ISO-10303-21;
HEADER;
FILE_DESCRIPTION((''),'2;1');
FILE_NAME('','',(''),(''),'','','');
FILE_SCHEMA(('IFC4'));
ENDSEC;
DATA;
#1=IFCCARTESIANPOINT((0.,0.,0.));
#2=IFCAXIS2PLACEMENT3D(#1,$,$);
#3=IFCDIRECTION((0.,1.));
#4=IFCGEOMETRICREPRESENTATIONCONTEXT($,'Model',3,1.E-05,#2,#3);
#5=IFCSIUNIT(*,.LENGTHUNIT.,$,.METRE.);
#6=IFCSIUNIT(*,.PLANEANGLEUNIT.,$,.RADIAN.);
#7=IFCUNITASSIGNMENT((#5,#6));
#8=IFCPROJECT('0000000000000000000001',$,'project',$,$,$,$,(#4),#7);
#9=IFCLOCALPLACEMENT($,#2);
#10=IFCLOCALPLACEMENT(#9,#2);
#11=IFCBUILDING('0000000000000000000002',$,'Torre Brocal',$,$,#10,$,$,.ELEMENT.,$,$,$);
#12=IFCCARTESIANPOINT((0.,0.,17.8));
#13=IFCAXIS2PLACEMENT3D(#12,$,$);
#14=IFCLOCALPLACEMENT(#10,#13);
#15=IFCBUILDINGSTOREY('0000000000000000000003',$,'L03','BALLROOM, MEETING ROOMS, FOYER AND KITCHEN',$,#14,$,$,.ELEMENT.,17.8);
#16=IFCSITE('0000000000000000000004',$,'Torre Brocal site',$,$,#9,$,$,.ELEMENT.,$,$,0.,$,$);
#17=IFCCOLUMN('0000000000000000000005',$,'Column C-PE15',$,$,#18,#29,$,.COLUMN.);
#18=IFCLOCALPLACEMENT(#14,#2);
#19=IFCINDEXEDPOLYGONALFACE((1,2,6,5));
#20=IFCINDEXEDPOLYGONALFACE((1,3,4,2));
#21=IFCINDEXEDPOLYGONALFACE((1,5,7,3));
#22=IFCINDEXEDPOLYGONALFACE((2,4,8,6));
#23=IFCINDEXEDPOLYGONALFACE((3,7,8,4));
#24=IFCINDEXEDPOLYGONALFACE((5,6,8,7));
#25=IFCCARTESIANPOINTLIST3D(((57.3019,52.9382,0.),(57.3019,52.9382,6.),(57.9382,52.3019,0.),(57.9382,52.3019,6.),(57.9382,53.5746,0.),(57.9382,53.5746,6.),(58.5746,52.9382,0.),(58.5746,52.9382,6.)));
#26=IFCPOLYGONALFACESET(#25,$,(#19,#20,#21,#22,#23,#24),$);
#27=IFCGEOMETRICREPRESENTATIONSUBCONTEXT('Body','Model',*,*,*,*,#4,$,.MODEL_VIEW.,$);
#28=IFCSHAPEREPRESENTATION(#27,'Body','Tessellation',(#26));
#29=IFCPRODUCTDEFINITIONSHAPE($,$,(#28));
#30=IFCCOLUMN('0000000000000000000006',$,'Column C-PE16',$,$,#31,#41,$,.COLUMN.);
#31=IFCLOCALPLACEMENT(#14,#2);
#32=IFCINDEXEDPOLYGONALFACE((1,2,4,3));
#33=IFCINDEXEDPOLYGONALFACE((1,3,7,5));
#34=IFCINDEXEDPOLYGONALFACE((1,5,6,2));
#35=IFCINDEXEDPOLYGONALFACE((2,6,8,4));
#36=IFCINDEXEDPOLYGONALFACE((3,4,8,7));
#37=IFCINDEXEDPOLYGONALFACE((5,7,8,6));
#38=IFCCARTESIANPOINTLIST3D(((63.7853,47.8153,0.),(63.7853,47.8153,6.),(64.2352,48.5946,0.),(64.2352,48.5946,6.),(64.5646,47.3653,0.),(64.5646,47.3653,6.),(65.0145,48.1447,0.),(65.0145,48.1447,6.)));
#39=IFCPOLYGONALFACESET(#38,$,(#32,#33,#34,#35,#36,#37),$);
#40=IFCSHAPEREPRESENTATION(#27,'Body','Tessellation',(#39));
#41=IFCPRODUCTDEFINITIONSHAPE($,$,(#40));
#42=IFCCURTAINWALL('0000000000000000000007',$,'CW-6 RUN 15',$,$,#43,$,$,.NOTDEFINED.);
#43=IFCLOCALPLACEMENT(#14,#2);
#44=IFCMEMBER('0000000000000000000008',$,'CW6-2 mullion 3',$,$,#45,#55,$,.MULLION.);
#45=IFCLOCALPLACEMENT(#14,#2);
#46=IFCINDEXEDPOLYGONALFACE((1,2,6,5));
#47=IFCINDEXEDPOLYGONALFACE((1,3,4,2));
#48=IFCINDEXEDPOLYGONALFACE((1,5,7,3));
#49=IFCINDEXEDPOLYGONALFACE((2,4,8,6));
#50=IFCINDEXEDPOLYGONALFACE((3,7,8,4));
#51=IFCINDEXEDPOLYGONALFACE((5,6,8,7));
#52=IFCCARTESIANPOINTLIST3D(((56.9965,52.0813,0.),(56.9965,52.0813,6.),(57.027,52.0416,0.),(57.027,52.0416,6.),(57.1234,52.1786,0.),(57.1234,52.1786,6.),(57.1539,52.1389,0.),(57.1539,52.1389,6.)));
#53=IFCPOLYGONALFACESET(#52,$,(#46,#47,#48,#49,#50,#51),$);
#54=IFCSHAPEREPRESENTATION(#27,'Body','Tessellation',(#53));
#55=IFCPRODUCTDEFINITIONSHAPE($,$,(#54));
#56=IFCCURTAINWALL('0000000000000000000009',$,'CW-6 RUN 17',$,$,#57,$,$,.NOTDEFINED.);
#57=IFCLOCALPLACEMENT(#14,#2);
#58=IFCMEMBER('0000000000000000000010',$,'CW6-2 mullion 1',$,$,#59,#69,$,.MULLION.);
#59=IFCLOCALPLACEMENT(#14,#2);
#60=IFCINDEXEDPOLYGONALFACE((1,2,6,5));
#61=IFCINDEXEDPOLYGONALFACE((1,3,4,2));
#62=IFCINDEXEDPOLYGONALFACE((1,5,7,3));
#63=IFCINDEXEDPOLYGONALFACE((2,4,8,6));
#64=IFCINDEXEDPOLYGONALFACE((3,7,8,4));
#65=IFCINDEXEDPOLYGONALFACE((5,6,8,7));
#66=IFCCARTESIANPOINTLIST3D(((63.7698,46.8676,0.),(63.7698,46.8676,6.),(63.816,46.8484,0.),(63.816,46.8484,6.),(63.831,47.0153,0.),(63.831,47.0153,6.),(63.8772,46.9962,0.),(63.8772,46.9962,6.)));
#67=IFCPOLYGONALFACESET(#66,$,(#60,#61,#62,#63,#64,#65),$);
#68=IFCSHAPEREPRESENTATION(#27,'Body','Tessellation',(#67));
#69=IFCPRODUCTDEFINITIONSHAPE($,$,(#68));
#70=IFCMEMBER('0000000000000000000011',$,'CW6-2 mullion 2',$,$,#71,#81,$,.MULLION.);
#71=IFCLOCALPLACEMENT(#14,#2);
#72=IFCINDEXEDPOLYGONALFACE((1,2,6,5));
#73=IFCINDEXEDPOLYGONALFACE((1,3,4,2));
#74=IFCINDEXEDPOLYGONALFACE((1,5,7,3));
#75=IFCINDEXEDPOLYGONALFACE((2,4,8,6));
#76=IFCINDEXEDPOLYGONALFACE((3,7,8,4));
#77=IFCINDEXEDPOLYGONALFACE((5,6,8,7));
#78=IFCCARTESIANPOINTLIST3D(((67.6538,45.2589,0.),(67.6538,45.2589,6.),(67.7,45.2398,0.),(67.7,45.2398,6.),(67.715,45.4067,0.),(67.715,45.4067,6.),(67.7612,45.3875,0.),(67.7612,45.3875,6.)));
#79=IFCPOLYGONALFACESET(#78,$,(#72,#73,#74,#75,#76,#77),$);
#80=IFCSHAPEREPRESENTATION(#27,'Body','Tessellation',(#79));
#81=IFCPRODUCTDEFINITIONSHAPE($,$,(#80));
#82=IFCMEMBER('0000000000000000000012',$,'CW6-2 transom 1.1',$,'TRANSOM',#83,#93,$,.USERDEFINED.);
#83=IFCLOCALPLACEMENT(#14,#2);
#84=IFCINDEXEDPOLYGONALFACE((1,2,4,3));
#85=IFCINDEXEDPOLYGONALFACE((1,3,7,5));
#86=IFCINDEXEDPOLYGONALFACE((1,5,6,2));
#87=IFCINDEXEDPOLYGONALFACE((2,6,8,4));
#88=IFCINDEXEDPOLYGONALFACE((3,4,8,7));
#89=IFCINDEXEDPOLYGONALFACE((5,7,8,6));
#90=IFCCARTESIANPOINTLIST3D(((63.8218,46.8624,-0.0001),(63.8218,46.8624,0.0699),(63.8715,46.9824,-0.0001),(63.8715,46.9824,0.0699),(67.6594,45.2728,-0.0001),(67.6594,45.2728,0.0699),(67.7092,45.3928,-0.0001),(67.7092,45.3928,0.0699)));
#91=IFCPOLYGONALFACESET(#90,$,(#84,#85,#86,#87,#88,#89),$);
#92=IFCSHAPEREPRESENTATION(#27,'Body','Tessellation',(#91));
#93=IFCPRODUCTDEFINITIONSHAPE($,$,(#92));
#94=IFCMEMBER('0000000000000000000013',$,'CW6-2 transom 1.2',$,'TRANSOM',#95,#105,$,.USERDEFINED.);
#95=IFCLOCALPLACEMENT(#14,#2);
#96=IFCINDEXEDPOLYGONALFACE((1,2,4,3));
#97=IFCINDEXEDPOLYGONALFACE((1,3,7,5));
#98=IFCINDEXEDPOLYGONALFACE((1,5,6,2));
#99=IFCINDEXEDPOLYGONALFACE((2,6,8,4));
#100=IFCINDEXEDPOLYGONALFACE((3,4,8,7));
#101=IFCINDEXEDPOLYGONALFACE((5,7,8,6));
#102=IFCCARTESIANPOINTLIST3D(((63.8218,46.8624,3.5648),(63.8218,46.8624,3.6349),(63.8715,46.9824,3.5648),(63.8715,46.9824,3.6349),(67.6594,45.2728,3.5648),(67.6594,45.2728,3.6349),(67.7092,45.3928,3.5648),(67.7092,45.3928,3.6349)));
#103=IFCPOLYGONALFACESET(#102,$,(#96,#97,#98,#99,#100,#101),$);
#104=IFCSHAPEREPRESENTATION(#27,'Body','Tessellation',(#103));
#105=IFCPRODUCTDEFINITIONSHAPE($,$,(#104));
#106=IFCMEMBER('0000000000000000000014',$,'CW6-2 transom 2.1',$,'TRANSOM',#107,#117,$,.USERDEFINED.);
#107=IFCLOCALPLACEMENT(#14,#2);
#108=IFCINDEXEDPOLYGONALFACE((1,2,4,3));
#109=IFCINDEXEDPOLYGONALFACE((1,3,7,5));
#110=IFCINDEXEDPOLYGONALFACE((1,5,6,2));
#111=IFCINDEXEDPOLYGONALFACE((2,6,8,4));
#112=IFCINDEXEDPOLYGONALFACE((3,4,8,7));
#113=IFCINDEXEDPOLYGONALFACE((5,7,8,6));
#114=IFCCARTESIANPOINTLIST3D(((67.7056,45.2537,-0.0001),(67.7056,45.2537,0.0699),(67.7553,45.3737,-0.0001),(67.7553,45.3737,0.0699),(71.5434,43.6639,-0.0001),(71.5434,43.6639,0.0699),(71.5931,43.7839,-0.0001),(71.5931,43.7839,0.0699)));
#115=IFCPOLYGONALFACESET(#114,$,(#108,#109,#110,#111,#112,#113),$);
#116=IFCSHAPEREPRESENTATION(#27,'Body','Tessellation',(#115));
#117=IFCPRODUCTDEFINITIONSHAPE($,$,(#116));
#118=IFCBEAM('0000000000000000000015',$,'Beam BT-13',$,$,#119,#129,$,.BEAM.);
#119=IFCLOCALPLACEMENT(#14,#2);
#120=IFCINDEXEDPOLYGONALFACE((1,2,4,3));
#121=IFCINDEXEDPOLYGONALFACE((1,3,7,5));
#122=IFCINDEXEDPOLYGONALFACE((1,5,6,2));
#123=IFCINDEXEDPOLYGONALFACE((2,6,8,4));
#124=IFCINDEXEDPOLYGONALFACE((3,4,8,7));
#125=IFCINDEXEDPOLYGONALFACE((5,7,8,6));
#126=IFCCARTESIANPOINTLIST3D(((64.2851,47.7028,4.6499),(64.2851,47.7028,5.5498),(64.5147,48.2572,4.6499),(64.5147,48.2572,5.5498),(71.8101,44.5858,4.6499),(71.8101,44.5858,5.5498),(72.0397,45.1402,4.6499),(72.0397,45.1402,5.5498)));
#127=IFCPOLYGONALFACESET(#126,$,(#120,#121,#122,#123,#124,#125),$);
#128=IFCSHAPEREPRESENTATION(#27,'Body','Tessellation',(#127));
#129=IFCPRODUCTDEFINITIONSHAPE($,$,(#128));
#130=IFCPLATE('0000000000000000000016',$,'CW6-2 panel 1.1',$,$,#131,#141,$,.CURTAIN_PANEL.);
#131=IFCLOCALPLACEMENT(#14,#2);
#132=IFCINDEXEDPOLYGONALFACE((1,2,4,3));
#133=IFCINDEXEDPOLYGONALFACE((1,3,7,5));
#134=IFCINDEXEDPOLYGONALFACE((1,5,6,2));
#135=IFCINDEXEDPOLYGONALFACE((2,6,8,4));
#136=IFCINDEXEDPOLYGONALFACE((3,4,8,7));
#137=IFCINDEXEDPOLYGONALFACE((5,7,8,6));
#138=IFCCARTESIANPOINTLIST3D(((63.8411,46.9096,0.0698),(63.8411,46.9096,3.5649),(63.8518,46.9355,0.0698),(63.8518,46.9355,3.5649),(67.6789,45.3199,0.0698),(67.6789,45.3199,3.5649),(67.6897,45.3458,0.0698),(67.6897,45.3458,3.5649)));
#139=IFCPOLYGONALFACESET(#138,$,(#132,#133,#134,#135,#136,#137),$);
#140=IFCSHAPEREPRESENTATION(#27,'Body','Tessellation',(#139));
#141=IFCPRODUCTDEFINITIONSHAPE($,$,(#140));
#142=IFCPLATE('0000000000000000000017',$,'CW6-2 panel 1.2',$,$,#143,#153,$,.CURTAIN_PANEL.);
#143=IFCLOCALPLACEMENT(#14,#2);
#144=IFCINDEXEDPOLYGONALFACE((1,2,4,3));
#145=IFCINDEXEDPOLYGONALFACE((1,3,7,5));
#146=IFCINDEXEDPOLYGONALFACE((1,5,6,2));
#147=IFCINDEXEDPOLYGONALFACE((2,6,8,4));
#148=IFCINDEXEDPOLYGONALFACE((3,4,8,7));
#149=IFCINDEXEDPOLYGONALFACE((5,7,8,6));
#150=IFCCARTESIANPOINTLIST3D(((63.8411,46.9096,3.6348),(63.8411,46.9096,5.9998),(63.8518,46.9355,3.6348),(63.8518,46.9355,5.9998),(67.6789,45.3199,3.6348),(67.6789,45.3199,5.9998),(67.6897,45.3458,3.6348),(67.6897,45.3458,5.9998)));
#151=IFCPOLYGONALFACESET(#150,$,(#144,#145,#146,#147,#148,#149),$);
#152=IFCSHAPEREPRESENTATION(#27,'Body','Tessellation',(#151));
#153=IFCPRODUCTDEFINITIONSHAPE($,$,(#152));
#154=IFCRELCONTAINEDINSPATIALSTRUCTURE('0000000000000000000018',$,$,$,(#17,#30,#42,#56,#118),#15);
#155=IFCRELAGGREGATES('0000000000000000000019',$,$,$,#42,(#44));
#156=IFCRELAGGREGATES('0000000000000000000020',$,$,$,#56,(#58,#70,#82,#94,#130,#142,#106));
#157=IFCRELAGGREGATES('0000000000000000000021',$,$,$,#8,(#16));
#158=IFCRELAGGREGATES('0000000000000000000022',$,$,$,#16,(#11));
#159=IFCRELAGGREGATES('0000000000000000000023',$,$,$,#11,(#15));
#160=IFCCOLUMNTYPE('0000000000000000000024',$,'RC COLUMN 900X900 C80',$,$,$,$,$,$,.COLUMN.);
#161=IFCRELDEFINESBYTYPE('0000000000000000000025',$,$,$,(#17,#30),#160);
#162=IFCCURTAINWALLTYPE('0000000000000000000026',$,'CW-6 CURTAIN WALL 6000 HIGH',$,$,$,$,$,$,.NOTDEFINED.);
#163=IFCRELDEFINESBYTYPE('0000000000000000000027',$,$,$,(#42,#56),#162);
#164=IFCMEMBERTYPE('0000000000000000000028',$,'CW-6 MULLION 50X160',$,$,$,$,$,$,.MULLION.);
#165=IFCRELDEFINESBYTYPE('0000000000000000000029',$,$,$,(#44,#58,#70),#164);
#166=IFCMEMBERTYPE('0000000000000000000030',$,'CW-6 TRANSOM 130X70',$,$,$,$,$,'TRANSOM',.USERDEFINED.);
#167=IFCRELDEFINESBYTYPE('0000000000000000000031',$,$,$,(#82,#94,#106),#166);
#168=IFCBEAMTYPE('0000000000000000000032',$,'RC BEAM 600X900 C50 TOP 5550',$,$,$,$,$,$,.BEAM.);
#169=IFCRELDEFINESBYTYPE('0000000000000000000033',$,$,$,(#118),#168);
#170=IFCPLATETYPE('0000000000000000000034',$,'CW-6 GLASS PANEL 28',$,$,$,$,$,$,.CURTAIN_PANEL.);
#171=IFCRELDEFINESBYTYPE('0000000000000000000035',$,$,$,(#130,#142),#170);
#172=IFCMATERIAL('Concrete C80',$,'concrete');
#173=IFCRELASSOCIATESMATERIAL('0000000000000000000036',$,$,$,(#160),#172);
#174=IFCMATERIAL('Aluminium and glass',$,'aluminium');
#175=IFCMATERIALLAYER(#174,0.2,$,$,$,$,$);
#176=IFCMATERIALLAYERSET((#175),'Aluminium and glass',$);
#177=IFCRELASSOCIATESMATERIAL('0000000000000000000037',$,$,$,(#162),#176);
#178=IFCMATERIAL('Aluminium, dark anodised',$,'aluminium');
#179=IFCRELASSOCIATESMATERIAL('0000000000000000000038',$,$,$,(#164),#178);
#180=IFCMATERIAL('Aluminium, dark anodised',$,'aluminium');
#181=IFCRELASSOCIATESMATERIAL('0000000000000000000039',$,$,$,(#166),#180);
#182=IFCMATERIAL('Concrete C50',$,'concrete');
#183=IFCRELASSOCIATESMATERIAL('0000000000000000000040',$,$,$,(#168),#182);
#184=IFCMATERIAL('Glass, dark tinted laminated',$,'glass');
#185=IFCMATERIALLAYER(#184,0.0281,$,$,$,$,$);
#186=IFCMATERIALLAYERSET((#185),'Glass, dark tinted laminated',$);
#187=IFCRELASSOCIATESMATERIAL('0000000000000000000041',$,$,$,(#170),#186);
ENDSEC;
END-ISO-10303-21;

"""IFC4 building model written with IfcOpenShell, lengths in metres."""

from ifc_helpers import new_model, si_unit, direction, frame, origin, origin_2d, place, context, subcontext, project, spatial, rectangle, extrude, material, layer, layer_set, material_profile, profile_set, type_object, element, aggregate, save


model = new_model("IFC4")

# Units and contexts
model_context = context("Model", 3, precision=1e-05, world=origin(), true_north=direction((0.0, 1.0)))
body_context = subcontext(model_context, "Body", "Model", "MODEL_VIEW")
ifc_project = project(units=[si_unit("LENGTHUNIT", "METRE"), si_unit("PLANEANGLEUNIT", "RADIAN")], contexts=[model_context])

# Site, building, storey
site_placement = place(None, origin())
site = spatial("IfcSite", under=ifc_project, at=site_placement, Name="Torre Brocal site", CompositionType="ELEMENT", RefElevation=0.0)
building_placement = place(site_placement, origin())
building = spatial("IfcBuilding", under=site, at=building_placement, Name="Torre Brocal", CompositionType="ELEMENT")
storey_placement = place(building_placement, frame((0.0, 0.0, 17.8)))
storey = spatial("IfcBuildingStorey", under=building, at=storey_placement, Name="L03", Description="BALLROOM, MEETING ROOMS, FOYER AND KITCHEN", CompositionType="ELEMENT", Elevation=17.8)

# Columns
ifc_material_1 = material(Name="Concrete C80", Category="concrete")
ifc_material_profile_1 = material_profile(ifc_material_1, rectangle(XDim=0.8999, YDim=0.8999, at=origin_2d()), Name="RC 900X900")
ifc_profile_set_1 = profile_set([ifc_material_profile_1], Name="Concrete C80")
column_type = type_object("IfcColumnType", Name="RC COLUMN 900X900 C80", PredefinedType="COLUMN", material=ifc_profile_set_1)
for number, where, z_axis, x_axis, name in (
    (1, (57.9382, 52.9382, 0.0), (0.0, 0.0, 1.0), (-0.707107, -0.707107, 0.0), "Column C-PE15"),
    (2, (64.3999, 47.98, 0.0), (0.0, 0.0, 1.0), (-0.5, -0.866025, 0.0), "Column C-PE16"),
):
    element("IfcColumn", number, at=place(storey_placement, frame(where, z_axis=z_axis, x_axis=x_axis)), inside=storey, type_object=column_type, Name=name, PredefinedType="COLUMN", context=body_context, shape_type="SweptSolid", body=[
        extrude(rectangle(XDim=0.8999, YDim=0.8999, at=origin_2d()), origin(), (0.0, 0.0, 1.0), 6.0),
    ])

# Curtain wall, member
ifc_material_2 = material(Name="Aluminium and glass", Category="aluminium")
ifc_layer_1 = layer(ifc_material_2, 0.2)
ifc_layer_set_1 = layer_set([ifc_layer_1], Name="Aluminium and glass")
curtain_wall_type = type_object("IfcCurtainWallType", Name="CW-6 CURTAIN WALL 6000 HIGH", PredefinedType="NOTDEFINED", material=ifc_layer_set_1)
curtain_wall_1_placement = place(storey_placement, origin())
curtain_wall_1 = element("IfcCurtainWall", 3, at=curtain_wall_1_placement, inside=storey, type_object=curtain_wall_type, Name="CW-6 RUN 15", PredefinedType="NOTDEFINED")
ifc_material_3 = material(Name="Aluminium, dark anodised", Category="aluminium")
ifc_material_profile_2 = material_profile(ifc_material_3, rectangle(XDim=0.1599, YDim=0.05, at=origin_2d()), Name="CW-6 MULLION 50X160")
ifc_profile_set_2 = profile_set([ifc_material_profile_2], Name="Aluminium, dark anodised")
member_type_1 = type_object("IfcMemberType", Name="CW-6 MULLION 50X160", PredefinedType="MULLION", material=ifc_profile_set_2)
member_1_placement = place(storey_placement, frame((57.0752, 52.1101, 0.0), z_axis=(0.0, 0.0, 1.0), x_axis=(0.793353, 0.608761, 0.0)))
member_1 = element("IfcMember", 4, at=member_1_placement, type_object=member_type_1, Name="CW6-2 mullion 3", PredefinedType="MULLION", context=body_context, shape_type="SweptSolid", body=[
    extrude(rectangle(XDim=0.1599, YDim=0.05, at=origin_2d()), origin(), (0.0, 0.0, 1.0), 6.0),
])
aggregate(curtain_wall_1, [member_1])

# Curtain wall, members
curtain_wall_2_placement = place(storey_placement, origin())
curtain_wall_2 = element("IfcCurtainWall", 5, at=curtain_wall_2_placement, inside=storey, type_object=curtain_wall_type, Name="CW-6 RUN 17", PredefinedType="NOTDEFINED")
member_2_placement = place(storey_placement, frame((63.8235, 46.9319, 0.0), z_axis=(0.0, 0.0, 1.0), x_axis=(0.382683, 0.92388, 0.0)))
member_2 = element("IfcMember", 6, at=member_2_placement, type_object=member_type_1, Name="CW6-2 mullion 1", PredefinedType="MULLION", context=body_context, shape_type="SweptSolid", body=[
    extrude(rectangle(XDim=0.1599, YDim=0.05, at=origin_2d()), origin(), (0.0, 0.0, 1.0), 6.0),
])
member_3_placement = place(storey_placement, frame((67.7075, 45.3232, 0.0), z_axis=(0.0, 0.0, 1.0), x_axis=(0.382683, 0.92388, 0.0)))
member_3 = element("IfcMember", 7, at=member_3_placement, type_object=member_type_1, Name="CW6-2 mullion 2", PredefinedType="MULLION", context=body_context, shape_type="SweptSolid", body=[
    extrude(rectangle(XDim=0.1599, YDim=0.05, at=origin_2d()), origin(), (0.0, 0.0, 1.0), 6.0),
])
ifc_material_4 = material(Name="Aluminium, dark anodised", Category="aluminium")
ifc_material_profile_3 = material_profile(ifc_material_4, rectangle(XDim=0.1299, YDim=0.0701, at=origin_2d()), Name="CW-6 TRANSOM 130X70")
ifc_profile_set_3 = profile_set([ifc_material_profile_3], Name="Aluminium, dark anodised")
member_type_2 = type_object("IfcMemberType", Name="CW-6 TRANSOM 130X70", ElementType="TRANSOM", PredefinedType="USERDEFINED", material=ifc_profile_set_3)
member_4_placement = place(storey_placement, frame((63.8467, 46.9224, 0.0349), z_axis=(0.92388, -0.382682, 0.0), x_axis=(0.382682, 0.92388, 0.0)))
member_4 = element("IfcMember", 8, at=member_4_placement, type_object=member_type_2, Name="CW6-2 transom 1.1", ObjectType="TRANSOM", PredefinedType="USERDEFINED", context=body_context, shape_type="SweptSolid", body=[
    extrude(rectangle(XDim=0.1299, YDim=0.0701, at=origin_2d()), origin(), (0.0, 0.0, 1.0), 4.1538),
])
member_5_placement = place(storey_placement, frame((63.8467, 46.9224, 3.5999), z_axis=(0.92388, -0.382682, 0.0), x_axis=(0.382682, 0.92388, 0.0)))
member_5 = element("IfcMember", 9, at=member_5_placement, type_object=member_type_2, Name="CW6-2 transom 1.2", ObjectType="TRANSOM", PredefinedType="USERDEFINED", context=body_context, shape_type="SweptSolid", body=[
    extrude(rectangle(XDim=0.1299, YDim=0.0701, at=origin_2d()), origin(), (0.0, 0.0, 1.0), 4.1538),
])
member_6_placement = place(storey_placement, frame((67.7305, 45.3137, 0.0349), z_axis=(0.923868, -0.382712, 0.0), x_axis=(0.382712, 0.923868, 0.0)))
member_6 = element("IfcMember", 10, at=member_6_placement, type_object=member_type_2, Name="CW6-2 transom 2.1", ObjectType="TRANSOM", PredefinedType="USERDEFINED", context=body_context, shape_type="SweptSolid", body=[
    extrude(rectangle(XDim=0.1299, YDim=0.0701, at=origin_2d()), origin(), (0.0, 0.0, 1.0), 4.1541),
])

# Beam
ifc_material_5 = material(Name="Concrete C50", Category="concrete")
ifc_material_profile_4 = material_profile(ifc_material_5, rectangle(XDim=0.6001, YDim=0.8999, at=origin_2d()), Name="RC 600X900")
ifc_profile_set_4 = profile_set([ifc_material_profile_4], Name="Concrete C50")
beam_type = type_object("IfcBeamType", Name="RC BEAM 600X900 C50 TOP 5550", PredefinedType="BEAM", material=ifc_profile_set_4)
beam_placement = place(storey_placement, frame((64.3999, 47.98, 5.0999), z_axis=(0.923878, -0.382686, 0.0), x_axis=(0.382686, 0.923878, 0.0)))
element("IfcBeam", 11, at=beam_placement, inside=storey, type_object=beam_type, Name="Beam BT-13", PredefinedType="BEAM", context=body_context, shape_type="SweptSolid", body=[
    extrude(rectangle(XDim=0.6001, YDim=0.8999, at=origin_2d()), origin(), (0.0, 0.0, 1.0), 8.145),
])

# Plates
ifc_material_6 = material(Name="Glass, dark tinted laminated", Category="glass")
ifc_layer_2 = layer(ifc_material_6, 0.0281)
ifc_layer_set_2 = layer_set([ifc_layer_2], Name="Glass, dark tinted laminated")
plate_type = type_object("IfcPlateType", Name="CW-6 GLASS PANEL 28", PredefinedType="CURTAIN_PANEL", material=ifc_layer_set_2)
plate_1_placement = place(storey_placement, frame((65.7654, 46.1277, 0.0698), z_axis=(0.0, 0.0, 1.0), x_axis=(0.92388, -0.382683, 0.0)))
plate_1 = element("IfcPlate", 12, at=plate_1_placement, type_object=plate_type, Name="CW6-2 panel 1.1", PredefinedType="CURTAIN_PANEL", context=body_context, shape_type="SweptSolid", body=[
    extrude(rectangle(XDim=4.1541, YDim=0.0281, at=origin_2d()), origin(), (0.0, 0.0, 1.0), 3.4951),
])
plate_2_placement = place(storey_placement, frame((65.7654, 46.1277, 3.6348), z_axis=(0.0, 0.0, 1.0), x_axis=(0.92388, -0.382683, 0.0)))
plate_2 = element("IfcPlate", 13, at=plate_2_placement, type_object=plate_type, Name="CW6-2 panel 1.2", PredefinedType="CURTAIN_PANEL", context=body_context, shape_type="SweptSolid", body=[
    extrude(rectangle(XDim=4.1541, YDim=0.0281, at=origin_2d()), origin(), (0.0, 0.0, 1.0), 2.365),
])
aggregate(curtain_wall_2, [member_2, member_3, member_4, member_5, plate_1, plate_2, member_6])

save(model, "model.ifc")
